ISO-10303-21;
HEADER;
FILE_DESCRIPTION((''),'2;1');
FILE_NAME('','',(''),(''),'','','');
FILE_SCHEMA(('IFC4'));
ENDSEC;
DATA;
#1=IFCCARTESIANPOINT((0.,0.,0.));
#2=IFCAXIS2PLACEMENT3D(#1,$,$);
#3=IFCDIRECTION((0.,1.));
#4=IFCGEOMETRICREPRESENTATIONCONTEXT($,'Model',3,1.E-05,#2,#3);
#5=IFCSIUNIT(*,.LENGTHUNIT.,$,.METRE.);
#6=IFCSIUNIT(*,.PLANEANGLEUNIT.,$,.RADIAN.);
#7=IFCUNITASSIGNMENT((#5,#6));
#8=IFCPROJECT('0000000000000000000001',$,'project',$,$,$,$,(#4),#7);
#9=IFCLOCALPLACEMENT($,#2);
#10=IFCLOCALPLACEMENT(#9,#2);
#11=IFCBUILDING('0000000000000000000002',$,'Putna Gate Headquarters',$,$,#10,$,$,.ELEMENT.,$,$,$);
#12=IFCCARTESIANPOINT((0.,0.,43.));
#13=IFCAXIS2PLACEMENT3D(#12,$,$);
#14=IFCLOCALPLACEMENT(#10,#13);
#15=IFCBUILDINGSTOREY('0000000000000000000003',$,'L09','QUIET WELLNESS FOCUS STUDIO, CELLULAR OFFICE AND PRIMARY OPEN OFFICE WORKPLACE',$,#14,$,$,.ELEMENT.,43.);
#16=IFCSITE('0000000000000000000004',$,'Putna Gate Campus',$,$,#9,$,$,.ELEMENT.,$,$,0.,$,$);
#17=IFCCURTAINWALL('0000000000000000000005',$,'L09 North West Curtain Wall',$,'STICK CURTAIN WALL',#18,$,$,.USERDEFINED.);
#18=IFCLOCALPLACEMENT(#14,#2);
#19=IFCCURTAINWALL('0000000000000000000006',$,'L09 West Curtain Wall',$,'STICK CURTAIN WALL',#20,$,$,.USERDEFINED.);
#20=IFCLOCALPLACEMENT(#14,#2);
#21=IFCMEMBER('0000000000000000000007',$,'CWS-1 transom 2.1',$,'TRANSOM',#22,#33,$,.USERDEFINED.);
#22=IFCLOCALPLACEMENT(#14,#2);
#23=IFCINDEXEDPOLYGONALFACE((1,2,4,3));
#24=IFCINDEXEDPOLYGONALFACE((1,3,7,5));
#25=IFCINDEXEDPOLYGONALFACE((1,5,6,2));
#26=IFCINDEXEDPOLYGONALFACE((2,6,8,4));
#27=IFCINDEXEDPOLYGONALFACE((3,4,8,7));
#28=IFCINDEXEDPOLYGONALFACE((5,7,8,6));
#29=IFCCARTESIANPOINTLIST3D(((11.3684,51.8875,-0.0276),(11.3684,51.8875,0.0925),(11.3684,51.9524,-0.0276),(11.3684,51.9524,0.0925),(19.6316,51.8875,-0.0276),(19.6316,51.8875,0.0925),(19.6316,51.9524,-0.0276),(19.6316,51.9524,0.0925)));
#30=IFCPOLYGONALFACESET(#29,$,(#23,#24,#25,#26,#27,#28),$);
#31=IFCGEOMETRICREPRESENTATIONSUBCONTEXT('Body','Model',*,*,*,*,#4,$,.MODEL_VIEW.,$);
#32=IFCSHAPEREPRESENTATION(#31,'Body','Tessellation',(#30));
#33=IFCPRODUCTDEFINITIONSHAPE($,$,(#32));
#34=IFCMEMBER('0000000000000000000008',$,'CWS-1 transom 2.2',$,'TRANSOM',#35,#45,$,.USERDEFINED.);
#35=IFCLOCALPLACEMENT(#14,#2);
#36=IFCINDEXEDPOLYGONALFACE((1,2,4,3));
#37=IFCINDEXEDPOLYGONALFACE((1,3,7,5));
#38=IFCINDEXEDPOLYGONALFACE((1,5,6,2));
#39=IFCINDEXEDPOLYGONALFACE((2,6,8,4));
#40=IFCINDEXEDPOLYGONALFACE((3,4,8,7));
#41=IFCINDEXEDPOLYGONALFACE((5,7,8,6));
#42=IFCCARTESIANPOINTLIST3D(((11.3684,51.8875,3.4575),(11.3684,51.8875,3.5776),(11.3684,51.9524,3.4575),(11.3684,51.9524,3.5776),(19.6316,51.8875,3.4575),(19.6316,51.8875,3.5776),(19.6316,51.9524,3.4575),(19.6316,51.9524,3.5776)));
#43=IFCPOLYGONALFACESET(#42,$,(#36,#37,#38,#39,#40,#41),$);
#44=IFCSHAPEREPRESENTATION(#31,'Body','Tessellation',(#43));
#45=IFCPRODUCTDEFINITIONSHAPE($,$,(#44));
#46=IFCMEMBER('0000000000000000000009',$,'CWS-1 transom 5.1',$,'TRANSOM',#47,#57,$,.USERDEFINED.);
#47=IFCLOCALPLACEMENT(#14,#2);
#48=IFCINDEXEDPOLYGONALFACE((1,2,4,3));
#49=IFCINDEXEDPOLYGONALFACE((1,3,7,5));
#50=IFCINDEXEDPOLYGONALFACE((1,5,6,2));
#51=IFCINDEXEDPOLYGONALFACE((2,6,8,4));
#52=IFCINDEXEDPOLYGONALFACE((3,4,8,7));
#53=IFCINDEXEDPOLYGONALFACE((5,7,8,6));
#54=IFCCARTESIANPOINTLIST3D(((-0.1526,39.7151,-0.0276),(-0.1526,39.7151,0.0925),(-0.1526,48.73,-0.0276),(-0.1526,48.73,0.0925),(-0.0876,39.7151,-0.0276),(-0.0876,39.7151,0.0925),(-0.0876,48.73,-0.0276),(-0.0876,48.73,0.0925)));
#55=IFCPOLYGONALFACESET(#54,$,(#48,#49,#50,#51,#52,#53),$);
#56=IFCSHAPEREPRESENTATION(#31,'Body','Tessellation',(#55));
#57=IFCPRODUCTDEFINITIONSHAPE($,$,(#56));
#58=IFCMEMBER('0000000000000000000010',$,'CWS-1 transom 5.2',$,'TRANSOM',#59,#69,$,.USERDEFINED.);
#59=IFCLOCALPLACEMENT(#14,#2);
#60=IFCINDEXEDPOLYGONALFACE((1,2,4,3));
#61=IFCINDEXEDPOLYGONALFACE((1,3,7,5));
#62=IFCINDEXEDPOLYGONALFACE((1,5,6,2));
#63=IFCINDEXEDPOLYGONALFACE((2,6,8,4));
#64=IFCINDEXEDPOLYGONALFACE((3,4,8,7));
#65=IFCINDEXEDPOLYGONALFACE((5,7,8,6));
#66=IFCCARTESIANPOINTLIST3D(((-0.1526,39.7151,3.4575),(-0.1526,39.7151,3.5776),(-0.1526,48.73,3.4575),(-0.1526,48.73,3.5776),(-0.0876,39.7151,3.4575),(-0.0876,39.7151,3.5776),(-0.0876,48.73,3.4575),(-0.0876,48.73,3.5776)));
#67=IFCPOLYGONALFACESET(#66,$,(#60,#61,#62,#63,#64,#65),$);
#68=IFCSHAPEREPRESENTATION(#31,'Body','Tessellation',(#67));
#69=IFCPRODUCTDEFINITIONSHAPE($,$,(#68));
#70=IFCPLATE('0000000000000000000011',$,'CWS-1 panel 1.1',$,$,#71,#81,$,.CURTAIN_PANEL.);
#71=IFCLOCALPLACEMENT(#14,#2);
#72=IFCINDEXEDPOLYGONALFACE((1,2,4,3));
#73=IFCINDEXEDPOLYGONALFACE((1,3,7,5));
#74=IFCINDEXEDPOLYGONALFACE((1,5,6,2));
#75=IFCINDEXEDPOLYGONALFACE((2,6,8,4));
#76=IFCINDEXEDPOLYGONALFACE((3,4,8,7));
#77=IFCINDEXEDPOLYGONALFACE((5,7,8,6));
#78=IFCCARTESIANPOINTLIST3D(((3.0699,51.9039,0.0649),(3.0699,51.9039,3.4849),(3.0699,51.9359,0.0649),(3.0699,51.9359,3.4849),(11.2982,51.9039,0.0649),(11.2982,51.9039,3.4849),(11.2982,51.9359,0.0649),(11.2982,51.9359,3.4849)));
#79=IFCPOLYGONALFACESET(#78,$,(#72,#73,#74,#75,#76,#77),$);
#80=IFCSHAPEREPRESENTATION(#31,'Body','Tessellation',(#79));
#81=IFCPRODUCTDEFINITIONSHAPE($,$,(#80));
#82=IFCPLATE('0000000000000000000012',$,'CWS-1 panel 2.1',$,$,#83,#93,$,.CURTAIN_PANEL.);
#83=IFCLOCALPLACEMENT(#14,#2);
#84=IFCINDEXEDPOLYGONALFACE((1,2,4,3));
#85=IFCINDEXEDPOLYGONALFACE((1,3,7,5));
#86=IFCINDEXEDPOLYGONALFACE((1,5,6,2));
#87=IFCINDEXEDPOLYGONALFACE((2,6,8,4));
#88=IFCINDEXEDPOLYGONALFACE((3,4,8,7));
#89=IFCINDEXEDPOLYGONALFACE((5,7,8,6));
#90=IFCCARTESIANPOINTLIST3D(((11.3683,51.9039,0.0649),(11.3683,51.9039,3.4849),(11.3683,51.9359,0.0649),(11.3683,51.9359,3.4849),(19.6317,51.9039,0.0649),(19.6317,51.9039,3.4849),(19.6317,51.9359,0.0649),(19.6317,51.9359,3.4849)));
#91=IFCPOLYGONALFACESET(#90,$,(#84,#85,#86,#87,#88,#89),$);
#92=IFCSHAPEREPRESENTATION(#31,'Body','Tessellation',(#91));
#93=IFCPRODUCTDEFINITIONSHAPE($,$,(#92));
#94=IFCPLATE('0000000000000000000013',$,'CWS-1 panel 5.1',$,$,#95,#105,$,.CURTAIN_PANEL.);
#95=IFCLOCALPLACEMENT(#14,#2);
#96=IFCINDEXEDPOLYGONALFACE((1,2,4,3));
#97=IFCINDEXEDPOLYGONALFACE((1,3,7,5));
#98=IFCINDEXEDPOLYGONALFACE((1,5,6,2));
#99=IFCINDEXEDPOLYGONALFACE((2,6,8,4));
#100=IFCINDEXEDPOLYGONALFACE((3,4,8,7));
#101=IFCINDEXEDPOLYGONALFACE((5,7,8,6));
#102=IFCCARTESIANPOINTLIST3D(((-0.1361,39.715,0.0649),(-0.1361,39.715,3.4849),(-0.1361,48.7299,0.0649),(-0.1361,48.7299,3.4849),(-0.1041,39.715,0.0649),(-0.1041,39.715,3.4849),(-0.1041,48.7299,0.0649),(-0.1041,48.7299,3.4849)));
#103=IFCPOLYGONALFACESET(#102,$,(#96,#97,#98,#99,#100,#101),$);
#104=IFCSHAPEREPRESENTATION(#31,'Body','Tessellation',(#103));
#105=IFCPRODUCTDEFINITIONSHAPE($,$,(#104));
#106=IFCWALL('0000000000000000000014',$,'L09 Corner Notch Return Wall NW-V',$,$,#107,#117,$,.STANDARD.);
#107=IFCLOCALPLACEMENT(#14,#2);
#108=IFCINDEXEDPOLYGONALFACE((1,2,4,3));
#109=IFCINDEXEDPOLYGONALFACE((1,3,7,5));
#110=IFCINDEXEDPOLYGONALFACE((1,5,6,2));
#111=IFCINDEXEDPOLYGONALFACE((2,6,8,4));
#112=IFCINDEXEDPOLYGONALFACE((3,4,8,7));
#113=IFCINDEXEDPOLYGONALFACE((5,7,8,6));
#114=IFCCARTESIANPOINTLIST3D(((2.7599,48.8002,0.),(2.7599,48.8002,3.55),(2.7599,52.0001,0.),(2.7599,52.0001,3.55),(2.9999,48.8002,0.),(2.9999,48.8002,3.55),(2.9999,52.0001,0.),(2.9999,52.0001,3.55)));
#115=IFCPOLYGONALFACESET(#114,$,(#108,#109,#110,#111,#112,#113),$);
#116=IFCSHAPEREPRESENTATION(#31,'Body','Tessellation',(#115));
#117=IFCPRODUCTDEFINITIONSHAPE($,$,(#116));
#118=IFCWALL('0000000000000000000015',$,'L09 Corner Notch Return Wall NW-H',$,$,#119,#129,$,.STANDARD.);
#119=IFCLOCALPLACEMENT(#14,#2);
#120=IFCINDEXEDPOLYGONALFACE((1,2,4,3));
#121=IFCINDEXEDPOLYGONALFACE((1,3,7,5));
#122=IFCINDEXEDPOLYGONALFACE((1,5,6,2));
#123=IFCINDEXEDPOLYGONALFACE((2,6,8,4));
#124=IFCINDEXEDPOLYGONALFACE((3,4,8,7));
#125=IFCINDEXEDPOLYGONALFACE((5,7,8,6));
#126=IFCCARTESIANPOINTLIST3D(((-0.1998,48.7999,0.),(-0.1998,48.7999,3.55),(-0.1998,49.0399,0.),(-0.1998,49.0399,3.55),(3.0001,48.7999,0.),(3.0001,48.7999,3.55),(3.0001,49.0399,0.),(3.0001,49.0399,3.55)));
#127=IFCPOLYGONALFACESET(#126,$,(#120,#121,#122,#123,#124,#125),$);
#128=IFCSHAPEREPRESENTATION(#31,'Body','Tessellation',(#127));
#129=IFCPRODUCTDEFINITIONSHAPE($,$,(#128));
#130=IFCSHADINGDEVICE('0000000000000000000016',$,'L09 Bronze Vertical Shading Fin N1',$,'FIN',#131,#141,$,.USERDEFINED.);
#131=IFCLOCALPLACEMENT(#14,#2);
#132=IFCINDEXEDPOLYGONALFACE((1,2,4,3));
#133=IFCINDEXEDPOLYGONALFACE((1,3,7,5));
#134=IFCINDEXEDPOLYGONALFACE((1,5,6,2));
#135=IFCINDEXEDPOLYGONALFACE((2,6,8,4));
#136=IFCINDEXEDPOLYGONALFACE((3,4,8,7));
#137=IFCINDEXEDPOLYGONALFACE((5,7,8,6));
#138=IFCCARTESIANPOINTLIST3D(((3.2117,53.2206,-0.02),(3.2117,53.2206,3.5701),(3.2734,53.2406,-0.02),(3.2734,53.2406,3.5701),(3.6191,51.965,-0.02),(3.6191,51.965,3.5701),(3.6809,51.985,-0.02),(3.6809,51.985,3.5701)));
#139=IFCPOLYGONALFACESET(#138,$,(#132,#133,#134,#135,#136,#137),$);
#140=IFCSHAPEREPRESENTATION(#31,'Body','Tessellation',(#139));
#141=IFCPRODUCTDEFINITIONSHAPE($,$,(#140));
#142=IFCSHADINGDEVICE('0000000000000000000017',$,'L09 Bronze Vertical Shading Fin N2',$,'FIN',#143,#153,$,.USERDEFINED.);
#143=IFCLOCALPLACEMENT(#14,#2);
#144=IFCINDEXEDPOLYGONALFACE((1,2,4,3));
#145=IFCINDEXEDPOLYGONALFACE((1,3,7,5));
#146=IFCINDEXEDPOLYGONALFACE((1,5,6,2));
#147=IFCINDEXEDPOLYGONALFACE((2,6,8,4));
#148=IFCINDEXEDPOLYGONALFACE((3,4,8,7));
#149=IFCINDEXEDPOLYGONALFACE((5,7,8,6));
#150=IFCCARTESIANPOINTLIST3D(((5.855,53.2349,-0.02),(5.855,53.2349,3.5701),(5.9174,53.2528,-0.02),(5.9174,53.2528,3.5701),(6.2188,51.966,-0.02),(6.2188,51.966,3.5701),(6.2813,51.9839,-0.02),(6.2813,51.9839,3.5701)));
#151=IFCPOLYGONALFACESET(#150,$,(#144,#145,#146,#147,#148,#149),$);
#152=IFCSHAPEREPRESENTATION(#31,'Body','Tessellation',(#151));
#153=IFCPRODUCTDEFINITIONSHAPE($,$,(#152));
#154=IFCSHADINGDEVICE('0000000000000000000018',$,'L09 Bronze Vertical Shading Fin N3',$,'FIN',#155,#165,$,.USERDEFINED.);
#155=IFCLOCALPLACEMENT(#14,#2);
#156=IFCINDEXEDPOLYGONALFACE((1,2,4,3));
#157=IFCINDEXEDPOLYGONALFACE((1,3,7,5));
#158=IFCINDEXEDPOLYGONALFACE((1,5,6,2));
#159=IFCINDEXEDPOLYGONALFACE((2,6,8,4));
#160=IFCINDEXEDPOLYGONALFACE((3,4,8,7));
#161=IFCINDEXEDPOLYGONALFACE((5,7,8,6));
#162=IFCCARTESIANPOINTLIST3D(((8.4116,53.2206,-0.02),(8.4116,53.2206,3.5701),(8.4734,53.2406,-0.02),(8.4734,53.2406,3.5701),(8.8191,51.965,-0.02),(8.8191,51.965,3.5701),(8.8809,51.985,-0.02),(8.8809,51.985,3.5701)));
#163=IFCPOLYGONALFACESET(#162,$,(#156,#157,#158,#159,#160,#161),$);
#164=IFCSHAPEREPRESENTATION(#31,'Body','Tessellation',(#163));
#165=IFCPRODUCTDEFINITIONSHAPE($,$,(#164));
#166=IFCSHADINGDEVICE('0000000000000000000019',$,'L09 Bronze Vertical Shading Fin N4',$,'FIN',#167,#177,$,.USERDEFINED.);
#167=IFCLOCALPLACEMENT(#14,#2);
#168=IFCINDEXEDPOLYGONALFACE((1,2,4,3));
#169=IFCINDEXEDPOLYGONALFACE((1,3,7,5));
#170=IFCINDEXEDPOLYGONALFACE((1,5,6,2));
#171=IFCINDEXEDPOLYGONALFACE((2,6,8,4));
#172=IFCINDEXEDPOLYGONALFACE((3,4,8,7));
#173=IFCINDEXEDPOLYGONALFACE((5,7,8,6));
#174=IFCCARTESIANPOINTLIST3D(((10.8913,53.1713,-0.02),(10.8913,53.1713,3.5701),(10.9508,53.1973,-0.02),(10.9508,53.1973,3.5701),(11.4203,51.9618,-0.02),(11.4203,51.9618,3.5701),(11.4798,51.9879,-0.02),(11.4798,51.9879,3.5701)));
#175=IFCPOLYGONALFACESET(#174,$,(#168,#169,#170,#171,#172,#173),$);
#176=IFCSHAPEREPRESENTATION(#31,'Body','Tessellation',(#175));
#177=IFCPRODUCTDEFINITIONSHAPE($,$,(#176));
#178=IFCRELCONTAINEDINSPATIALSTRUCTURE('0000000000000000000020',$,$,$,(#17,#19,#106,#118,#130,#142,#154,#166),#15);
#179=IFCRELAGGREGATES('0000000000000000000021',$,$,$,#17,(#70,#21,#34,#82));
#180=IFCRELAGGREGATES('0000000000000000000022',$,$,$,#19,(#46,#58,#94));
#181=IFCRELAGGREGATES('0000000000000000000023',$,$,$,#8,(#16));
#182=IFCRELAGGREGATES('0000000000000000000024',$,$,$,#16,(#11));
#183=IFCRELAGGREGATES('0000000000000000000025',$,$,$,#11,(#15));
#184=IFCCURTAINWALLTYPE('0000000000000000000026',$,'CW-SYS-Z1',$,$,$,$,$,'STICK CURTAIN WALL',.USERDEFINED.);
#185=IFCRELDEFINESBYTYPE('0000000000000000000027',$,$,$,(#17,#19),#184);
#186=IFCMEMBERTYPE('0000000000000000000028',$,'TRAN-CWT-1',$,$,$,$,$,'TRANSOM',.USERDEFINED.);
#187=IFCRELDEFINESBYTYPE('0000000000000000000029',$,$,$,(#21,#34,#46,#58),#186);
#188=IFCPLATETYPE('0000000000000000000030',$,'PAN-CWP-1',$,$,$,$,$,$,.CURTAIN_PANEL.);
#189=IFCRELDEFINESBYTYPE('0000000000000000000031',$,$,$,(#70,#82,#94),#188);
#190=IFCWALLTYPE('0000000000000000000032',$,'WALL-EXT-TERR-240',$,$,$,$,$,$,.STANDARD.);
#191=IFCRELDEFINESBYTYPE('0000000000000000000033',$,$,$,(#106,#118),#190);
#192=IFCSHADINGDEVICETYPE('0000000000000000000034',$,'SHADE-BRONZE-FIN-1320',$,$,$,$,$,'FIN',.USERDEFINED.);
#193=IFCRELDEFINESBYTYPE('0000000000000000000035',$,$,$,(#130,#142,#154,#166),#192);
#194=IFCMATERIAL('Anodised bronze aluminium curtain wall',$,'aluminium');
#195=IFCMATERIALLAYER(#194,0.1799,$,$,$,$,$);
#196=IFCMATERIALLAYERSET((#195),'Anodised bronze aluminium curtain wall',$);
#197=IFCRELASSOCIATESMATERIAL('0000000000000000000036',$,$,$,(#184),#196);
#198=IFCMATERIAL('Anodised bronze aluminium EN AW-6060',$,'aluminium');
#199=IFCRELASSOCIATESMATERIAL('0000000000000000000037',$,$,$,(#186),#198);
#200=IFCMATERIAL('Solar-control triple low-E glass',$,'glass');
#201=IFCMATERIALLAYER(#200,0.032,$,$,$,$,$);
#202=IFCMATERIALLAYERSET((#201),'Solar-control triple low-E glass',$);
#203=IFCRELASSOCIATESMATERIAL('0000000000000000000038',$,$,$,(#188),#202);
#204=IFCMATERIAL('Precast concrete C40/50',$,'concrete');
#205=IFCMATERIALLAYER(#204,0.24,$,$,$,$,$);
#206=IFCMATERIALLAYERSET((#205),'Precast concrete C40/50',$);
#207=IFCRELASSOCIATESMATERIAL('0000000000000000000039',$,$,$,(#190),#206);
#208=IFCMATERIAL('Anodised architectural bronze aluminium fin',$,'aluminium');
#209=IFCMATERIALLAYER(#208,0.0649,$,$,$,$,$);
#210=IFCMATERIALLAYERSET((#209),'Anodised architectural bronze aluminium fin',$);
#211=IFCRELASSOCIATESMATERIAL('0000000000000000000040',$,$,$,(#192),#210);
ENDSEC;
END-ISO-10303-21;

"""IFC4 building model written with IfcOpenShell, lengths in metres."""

from ifc_helpers import new_model, si_unit, direction, frame, frame_2d, origin, origin_2d, place, context, subcontext, project, spatial, rectangle, extrude, material, layer, layer_set, material_profile, profile_set, type_object, element, aggregate, save


model = new_model("IFC4")

# Units and contexts
model_context = context("Model", 3, precision=1e-05, world=origin(), true_north=direction((0.0, 1.0)))
body_context = subcontext(model_context, "Body", "Model", "MODEL_VIEW")
ifc_project = project(units=[si_unit("LENGTHUNIT", "METRE"), si_unit("PLANEANGLEUNIT", "RADIAN")], contexts=[model_context])

# Site, building, storey
site_placement = place(None, origin())
site = spatial("IfcSite", under=ifc_project, at=site_placement, Name="Putna Gate Campus", CompositionType="ELEMENT", RefElevation=0.0)
building_placement = place(site_placement, origin())
building = spatial("IfcBuilding", under=site, at=building_placement, Name="Putna Gate Headquarters", CompositionType="ELEMENT")
storey_placement = place(building_placement, frame((0.0, 0.0, 43.0)))
storey = spatial("IfcBuildingStorey", under=building, at=storey_placement, Name="L09", Description="QUIET WELLNESS FOCUS STUDIO, CELLULAR OFFICE AND PRIMARY OPEN OFFICE WORKPLACE", CompositionType="ELEMENT", Elevation=43.0)

# Curtain walls
ifc_material_1 = material(Name="Anodised bronze aluminium curtain wall", Category="aluminium")
ifc_layer_1 = layer(ifc_material_1, 0.1799)
ifc_layer_set_1 = layer_set([ifc_layer_1], Name="Anodised bronze aluminium curtain wall")
curtain_wall_type = type_object("IfcCurtainWallType", Name="CW-SYS-Z1", ElementType="STICK CURTAIN WALL", PredefinedType="USERDEFINED", material=ifc_layer_set_1)
curtain_wall_1_placement = place(storey_placement, origin())
curtain_wall_1 = element("IfcCurtainWall", 1, at=curtain_wall_1_placement, inside=storey, type_object=curtain_wall_type, Name="L09 North West Curtain Wall", ObjectType="STICK CURTAIN WALL", PredefinedType="USERDEFINED")
ifc_material_2 = material(Name="Anodised bronze aluminium EN AW-6060", Category="aluminium")
curtain_wall_2_placement = place(storey_placement, origin())
curtain_wall_2 = element("IfcCurtainWall", 2, at=curtain_wall_2_placement, inside=storey, type_object=curtain_wall_type, Name="L09 West Curtain Wall", ObjectType="STICK CURTAIN WALL", PredefinedType="USERDEFINED")

# Members
ifc_material_profile_1 = material_profile(ifc_material_2, rectangle(XDim=0.0649, YDim=0.1201, at=origin_2d()), Name="Anodised bronze aluminium EN AW-6060")
ifc_profile_set_1 = profile_set([ifc_material_profile_1], Name="Anodised bronze aluminium EN AW-6060")
member_type_1 = type_object("IfcMemberType", Name="TRAN-CWT-1", ElementType="TRANSOM", PredefinedType="USERDEFINED", material=ifc_profile_set_1)
member_1_placement = place(storey_placement, frame((11.3684, 51.9199, 0.0325), z_axis=(1.0, 0.0, 0.0), x_axis=(0.0, 1.0, 0.0)))
member_1 = element("IfcMember", 3, at=member_1_placement, type_object=member_type_1, Name="CWS-1 transom 2.1", ObjectType="TRANSOM", PredefinedType="USERDEFINED", context=body_context, shape_type="SweptSolid", body=[
    extrude(rectangle(XDim=0.0649, YDim=0.1201, at=origin_2d()), origin(), (0.0, 0.0, 1.0), 8.2632),
])
member_2_placement = place(storey_placement, frame((11.3684, 51.9199, 3.5176), z_axis=(1.0, 0.0, 0.0), x_axis=(0.0, 1.0, 0.0)))
member_2 = element("IfcMember", 4, at=member_2_placement, type_object=member_type_1, Name="CWS-1 transom 2.2", ObjectType="TRANSOM", PredefinedType="USERDEFINED", context=body_context, shape_type="SweptSolid", body=[
    extrude(rectangle(XDim=0.0649, YDim=0.1201, at=origin_2d()), origin(), (0.0, 0.0, 1.0), 8.2632),
])
member_3_placement = place(storey_placement, frame((-0.1201, 39.7151, 0.0325), z_axis=(0.0, 1.0, 0.0), x_axis=(-1.0, 0.0, 0.0)))
member_3 = element("IfcMember", 5, at=member_3_placement, type_object=member_type_1, Name="CWS-1 transom 5.1", ObjectType="TRANSOM", PredefinedType="USERDEFINED", context=body_context, shape_type="SweptSolid", body=[
    extrude(rectangle(XDim=0.0649, YDim=0.1201, at=origin_2d()), origin(), (0.0, 0.0, 1.0), 9.0149),
])
member_4_placement = place(storey_placement, frame((-0.1201, 39.7151, 3.5176), z_axis=(0.0, 1.0, 0.0), x_axis=(-1.0, 0.0, 0.0)))
member_4 = element("IfcMember", 6, at=member_4_placement, type_object=member_type_1, Name="CWS-1 transom 5.2", ObjectType="TRANSOM", PredefinedType="USERDEFINED", context=body_context, shape_type="SweptSolid", body=[
    extrude(rectangle(XDim=0.0649, YDim=0.1201, at=origin_2d()), origin(), (0.0, 0.0, 1.0), 9.0149),
])

# Plates
ifc_material_3 = material(Name="Solar-control triple low-E glass", Category="glass")
ifc_layer_2 = layer(ifc_material_3, 0.032)
ifc_layer_set_2 = layer_set([ifc_layer_2], Name="Solar-control triple low-E glass")
plate_type = type_object("IfcPlateType", Name="PAN-CWP-1", PredefinedType="CURTAIN_PANEL", material=ifc_layer_set_2)
plate_1_placement = place(storey_placement, frame((7.1841, 51.9199, 0.0649), z_axis=(0.0, 0.0, 1.0), x_axis=(1.0, 0.0, 0.0)))
plate_1 = element("IfcPlate", 7, at=plate_1_placement, type_object=plate_type, Name="CWS-1 panel 1.1", PredefinedType="CURTAIN_PANEL", context=body_context, shape_type="SweptSolid", body=[
    extrude(rectangle(XDim=8.2283, YDim=0.032, at=origin_2d()), origin(), (0.0, 0.0, 1.0), 3.4199),
])
plate_2_placement = place(storey_placement, frame((15.5, 51.9199, 0.0649), z_axis=(0.0, 0.0, 1.0), x_axis=(1.0, 0.0, 0.0)))
plate_2 = element("IfcPlate", 8, at=plate_2_placement, type_object=plate_type, Name="CWS-1 panel 2.1", PredefinedType="CURTAIN_PANEL", context=body_context, shape_type="SweptSolid", body=[
    extrude(rectangle(XDim=8.2634, YDim=0.032, at=origin_2d()), origin(), (0.0, 0.0, 1.0), 3.4199),
])
aggregate(curtain_wall_1, [plate_1, member_1, member_2, plate_2])
plate_3_placement = place(storey_placement, frame((-0.1201, 44.2224, 0.0649), z_axis=(0.0, 0.0, 1.0), x_axis=(0.0, 1.0, 0.0)))
plate_3 = element("IfcPlate", 9, at=plate_3_placement, type_object=plate_type, Name="CWS-1 panel 5.1", PredefinedType="CURTAIN_PANEL", context=body_context, shape_type="SweptSolid", body=[
    extrude(rectangle(XDim=9.0149, YDim=0.032, at=origin_2d()), origin(), (0.0, 0.0, 1.0), 3.4199),
])
aggregate(curtain_wall_2, [member_3, member_4, plate_3])

# Walls
ifc_material_4 = material(Name="Precast concrete C40/50", Category="concrete")
ifc_layer_3 = layer(ifc_material_4, 0.24)
ifc_layer_set_3 = layer_set([ifc_layer_3], Name="Precast concrete C40/50")
wall_type = type_object("IfcWallType", Name="WALL-EXT-TERR-240", PredefinedType="STANDARD", material=ifc_layer_set_3)
for number, where, z_axis, x_axis, name in (
    (10, (2.8799, 48.8, 0.0), (0.0, 0.0, 1.0), (0.0, 1.0, 0.0), "L09 Corner Notch Return Wall NW-V"),
    (11, (-0.2, 48.9199, 0.0), (0.0, 0.0, 1.0), (1.0, 0.0, 0.0), "L09 Corner Notch Return Wall NW-H"),
):
    element("IfcWall", number, at=place(storey_placement, frame(where, z_axis=z_axis, x_axis=x_axis)), inside=storey, type_object=wall_type, Name=name, PredefinedType="STANDARD", context=body_context, shape_type="SweptSolid", body=[
        extrude(rectangle(XDim=3.2, YDim=0.24, at=frame_2d((1.6001, 0.0))), origin(), (0.0, 0.0, 1.0), 3.55),
    ])

# Shading devices
ifc_material_5 = material(Name="Anodised architectural bronze aluminium fin", Category="aluminium")
ifc_layer_4 = layer(ifc_material_5, 0.0649)
ifc_layer_set_4 = layer_set([ifc_layer_4], Name="Anodised architectural bronze aluminium fin")
shading_device_type = type_object("IfcShadingDeviceType", Name="SHADE-BRONZE-FIN-1320", ElementType="FIN", PredefinedType="USERDEFINED", material=ifc_layer_set_4)
for number, where, z_axis, x_axis, name in (
    (12, (3.4463, 52.6028, -0.02), (0.0, 0.0, 1.0), (-0.308685, 0.951164, 0.0), "L09 Bronze Vertical Shading Fin N1"),
    (13, (6.0681, 52.6094, -0.02), (0.0, 0.0, 1.0), (-0.275637, 0.961262, 0.0), "L09 Bronze Vertical Shading Fin N2"),
    (14, (8.6462, 52.6028, -0.02), (0.0, 0.0, 1.0), (-0.308685, 0.951164, 0.0), "L09 Bronze Vertical Shading Fin N3"),
    (15, (11.1855, 52.5796, -0.02), (0.0, 0.0, 1.0), (-0.400669, 0.916223, 0.0), "L09 Bronze Vertical Shading Fin N4"),
):
    element("IfcShadingDevice", number, at=place(storey_placement, frame(where, z_axis=z_axis, x_axis=x_axis)), inside=storey, type_object=shading_device_type, Name=name, ObjectType="FIN", PredefinedType="USERDEFINED", context=body_context, shape_type="SweptSolid", body=[
        extrude(rectangle(XDim=1.3201, YDim=0.0649, at=origin_2d()), origin(), (0.0, 0.0, 1.0), 3.5901),
    ])

save(model, "model.ifc")
